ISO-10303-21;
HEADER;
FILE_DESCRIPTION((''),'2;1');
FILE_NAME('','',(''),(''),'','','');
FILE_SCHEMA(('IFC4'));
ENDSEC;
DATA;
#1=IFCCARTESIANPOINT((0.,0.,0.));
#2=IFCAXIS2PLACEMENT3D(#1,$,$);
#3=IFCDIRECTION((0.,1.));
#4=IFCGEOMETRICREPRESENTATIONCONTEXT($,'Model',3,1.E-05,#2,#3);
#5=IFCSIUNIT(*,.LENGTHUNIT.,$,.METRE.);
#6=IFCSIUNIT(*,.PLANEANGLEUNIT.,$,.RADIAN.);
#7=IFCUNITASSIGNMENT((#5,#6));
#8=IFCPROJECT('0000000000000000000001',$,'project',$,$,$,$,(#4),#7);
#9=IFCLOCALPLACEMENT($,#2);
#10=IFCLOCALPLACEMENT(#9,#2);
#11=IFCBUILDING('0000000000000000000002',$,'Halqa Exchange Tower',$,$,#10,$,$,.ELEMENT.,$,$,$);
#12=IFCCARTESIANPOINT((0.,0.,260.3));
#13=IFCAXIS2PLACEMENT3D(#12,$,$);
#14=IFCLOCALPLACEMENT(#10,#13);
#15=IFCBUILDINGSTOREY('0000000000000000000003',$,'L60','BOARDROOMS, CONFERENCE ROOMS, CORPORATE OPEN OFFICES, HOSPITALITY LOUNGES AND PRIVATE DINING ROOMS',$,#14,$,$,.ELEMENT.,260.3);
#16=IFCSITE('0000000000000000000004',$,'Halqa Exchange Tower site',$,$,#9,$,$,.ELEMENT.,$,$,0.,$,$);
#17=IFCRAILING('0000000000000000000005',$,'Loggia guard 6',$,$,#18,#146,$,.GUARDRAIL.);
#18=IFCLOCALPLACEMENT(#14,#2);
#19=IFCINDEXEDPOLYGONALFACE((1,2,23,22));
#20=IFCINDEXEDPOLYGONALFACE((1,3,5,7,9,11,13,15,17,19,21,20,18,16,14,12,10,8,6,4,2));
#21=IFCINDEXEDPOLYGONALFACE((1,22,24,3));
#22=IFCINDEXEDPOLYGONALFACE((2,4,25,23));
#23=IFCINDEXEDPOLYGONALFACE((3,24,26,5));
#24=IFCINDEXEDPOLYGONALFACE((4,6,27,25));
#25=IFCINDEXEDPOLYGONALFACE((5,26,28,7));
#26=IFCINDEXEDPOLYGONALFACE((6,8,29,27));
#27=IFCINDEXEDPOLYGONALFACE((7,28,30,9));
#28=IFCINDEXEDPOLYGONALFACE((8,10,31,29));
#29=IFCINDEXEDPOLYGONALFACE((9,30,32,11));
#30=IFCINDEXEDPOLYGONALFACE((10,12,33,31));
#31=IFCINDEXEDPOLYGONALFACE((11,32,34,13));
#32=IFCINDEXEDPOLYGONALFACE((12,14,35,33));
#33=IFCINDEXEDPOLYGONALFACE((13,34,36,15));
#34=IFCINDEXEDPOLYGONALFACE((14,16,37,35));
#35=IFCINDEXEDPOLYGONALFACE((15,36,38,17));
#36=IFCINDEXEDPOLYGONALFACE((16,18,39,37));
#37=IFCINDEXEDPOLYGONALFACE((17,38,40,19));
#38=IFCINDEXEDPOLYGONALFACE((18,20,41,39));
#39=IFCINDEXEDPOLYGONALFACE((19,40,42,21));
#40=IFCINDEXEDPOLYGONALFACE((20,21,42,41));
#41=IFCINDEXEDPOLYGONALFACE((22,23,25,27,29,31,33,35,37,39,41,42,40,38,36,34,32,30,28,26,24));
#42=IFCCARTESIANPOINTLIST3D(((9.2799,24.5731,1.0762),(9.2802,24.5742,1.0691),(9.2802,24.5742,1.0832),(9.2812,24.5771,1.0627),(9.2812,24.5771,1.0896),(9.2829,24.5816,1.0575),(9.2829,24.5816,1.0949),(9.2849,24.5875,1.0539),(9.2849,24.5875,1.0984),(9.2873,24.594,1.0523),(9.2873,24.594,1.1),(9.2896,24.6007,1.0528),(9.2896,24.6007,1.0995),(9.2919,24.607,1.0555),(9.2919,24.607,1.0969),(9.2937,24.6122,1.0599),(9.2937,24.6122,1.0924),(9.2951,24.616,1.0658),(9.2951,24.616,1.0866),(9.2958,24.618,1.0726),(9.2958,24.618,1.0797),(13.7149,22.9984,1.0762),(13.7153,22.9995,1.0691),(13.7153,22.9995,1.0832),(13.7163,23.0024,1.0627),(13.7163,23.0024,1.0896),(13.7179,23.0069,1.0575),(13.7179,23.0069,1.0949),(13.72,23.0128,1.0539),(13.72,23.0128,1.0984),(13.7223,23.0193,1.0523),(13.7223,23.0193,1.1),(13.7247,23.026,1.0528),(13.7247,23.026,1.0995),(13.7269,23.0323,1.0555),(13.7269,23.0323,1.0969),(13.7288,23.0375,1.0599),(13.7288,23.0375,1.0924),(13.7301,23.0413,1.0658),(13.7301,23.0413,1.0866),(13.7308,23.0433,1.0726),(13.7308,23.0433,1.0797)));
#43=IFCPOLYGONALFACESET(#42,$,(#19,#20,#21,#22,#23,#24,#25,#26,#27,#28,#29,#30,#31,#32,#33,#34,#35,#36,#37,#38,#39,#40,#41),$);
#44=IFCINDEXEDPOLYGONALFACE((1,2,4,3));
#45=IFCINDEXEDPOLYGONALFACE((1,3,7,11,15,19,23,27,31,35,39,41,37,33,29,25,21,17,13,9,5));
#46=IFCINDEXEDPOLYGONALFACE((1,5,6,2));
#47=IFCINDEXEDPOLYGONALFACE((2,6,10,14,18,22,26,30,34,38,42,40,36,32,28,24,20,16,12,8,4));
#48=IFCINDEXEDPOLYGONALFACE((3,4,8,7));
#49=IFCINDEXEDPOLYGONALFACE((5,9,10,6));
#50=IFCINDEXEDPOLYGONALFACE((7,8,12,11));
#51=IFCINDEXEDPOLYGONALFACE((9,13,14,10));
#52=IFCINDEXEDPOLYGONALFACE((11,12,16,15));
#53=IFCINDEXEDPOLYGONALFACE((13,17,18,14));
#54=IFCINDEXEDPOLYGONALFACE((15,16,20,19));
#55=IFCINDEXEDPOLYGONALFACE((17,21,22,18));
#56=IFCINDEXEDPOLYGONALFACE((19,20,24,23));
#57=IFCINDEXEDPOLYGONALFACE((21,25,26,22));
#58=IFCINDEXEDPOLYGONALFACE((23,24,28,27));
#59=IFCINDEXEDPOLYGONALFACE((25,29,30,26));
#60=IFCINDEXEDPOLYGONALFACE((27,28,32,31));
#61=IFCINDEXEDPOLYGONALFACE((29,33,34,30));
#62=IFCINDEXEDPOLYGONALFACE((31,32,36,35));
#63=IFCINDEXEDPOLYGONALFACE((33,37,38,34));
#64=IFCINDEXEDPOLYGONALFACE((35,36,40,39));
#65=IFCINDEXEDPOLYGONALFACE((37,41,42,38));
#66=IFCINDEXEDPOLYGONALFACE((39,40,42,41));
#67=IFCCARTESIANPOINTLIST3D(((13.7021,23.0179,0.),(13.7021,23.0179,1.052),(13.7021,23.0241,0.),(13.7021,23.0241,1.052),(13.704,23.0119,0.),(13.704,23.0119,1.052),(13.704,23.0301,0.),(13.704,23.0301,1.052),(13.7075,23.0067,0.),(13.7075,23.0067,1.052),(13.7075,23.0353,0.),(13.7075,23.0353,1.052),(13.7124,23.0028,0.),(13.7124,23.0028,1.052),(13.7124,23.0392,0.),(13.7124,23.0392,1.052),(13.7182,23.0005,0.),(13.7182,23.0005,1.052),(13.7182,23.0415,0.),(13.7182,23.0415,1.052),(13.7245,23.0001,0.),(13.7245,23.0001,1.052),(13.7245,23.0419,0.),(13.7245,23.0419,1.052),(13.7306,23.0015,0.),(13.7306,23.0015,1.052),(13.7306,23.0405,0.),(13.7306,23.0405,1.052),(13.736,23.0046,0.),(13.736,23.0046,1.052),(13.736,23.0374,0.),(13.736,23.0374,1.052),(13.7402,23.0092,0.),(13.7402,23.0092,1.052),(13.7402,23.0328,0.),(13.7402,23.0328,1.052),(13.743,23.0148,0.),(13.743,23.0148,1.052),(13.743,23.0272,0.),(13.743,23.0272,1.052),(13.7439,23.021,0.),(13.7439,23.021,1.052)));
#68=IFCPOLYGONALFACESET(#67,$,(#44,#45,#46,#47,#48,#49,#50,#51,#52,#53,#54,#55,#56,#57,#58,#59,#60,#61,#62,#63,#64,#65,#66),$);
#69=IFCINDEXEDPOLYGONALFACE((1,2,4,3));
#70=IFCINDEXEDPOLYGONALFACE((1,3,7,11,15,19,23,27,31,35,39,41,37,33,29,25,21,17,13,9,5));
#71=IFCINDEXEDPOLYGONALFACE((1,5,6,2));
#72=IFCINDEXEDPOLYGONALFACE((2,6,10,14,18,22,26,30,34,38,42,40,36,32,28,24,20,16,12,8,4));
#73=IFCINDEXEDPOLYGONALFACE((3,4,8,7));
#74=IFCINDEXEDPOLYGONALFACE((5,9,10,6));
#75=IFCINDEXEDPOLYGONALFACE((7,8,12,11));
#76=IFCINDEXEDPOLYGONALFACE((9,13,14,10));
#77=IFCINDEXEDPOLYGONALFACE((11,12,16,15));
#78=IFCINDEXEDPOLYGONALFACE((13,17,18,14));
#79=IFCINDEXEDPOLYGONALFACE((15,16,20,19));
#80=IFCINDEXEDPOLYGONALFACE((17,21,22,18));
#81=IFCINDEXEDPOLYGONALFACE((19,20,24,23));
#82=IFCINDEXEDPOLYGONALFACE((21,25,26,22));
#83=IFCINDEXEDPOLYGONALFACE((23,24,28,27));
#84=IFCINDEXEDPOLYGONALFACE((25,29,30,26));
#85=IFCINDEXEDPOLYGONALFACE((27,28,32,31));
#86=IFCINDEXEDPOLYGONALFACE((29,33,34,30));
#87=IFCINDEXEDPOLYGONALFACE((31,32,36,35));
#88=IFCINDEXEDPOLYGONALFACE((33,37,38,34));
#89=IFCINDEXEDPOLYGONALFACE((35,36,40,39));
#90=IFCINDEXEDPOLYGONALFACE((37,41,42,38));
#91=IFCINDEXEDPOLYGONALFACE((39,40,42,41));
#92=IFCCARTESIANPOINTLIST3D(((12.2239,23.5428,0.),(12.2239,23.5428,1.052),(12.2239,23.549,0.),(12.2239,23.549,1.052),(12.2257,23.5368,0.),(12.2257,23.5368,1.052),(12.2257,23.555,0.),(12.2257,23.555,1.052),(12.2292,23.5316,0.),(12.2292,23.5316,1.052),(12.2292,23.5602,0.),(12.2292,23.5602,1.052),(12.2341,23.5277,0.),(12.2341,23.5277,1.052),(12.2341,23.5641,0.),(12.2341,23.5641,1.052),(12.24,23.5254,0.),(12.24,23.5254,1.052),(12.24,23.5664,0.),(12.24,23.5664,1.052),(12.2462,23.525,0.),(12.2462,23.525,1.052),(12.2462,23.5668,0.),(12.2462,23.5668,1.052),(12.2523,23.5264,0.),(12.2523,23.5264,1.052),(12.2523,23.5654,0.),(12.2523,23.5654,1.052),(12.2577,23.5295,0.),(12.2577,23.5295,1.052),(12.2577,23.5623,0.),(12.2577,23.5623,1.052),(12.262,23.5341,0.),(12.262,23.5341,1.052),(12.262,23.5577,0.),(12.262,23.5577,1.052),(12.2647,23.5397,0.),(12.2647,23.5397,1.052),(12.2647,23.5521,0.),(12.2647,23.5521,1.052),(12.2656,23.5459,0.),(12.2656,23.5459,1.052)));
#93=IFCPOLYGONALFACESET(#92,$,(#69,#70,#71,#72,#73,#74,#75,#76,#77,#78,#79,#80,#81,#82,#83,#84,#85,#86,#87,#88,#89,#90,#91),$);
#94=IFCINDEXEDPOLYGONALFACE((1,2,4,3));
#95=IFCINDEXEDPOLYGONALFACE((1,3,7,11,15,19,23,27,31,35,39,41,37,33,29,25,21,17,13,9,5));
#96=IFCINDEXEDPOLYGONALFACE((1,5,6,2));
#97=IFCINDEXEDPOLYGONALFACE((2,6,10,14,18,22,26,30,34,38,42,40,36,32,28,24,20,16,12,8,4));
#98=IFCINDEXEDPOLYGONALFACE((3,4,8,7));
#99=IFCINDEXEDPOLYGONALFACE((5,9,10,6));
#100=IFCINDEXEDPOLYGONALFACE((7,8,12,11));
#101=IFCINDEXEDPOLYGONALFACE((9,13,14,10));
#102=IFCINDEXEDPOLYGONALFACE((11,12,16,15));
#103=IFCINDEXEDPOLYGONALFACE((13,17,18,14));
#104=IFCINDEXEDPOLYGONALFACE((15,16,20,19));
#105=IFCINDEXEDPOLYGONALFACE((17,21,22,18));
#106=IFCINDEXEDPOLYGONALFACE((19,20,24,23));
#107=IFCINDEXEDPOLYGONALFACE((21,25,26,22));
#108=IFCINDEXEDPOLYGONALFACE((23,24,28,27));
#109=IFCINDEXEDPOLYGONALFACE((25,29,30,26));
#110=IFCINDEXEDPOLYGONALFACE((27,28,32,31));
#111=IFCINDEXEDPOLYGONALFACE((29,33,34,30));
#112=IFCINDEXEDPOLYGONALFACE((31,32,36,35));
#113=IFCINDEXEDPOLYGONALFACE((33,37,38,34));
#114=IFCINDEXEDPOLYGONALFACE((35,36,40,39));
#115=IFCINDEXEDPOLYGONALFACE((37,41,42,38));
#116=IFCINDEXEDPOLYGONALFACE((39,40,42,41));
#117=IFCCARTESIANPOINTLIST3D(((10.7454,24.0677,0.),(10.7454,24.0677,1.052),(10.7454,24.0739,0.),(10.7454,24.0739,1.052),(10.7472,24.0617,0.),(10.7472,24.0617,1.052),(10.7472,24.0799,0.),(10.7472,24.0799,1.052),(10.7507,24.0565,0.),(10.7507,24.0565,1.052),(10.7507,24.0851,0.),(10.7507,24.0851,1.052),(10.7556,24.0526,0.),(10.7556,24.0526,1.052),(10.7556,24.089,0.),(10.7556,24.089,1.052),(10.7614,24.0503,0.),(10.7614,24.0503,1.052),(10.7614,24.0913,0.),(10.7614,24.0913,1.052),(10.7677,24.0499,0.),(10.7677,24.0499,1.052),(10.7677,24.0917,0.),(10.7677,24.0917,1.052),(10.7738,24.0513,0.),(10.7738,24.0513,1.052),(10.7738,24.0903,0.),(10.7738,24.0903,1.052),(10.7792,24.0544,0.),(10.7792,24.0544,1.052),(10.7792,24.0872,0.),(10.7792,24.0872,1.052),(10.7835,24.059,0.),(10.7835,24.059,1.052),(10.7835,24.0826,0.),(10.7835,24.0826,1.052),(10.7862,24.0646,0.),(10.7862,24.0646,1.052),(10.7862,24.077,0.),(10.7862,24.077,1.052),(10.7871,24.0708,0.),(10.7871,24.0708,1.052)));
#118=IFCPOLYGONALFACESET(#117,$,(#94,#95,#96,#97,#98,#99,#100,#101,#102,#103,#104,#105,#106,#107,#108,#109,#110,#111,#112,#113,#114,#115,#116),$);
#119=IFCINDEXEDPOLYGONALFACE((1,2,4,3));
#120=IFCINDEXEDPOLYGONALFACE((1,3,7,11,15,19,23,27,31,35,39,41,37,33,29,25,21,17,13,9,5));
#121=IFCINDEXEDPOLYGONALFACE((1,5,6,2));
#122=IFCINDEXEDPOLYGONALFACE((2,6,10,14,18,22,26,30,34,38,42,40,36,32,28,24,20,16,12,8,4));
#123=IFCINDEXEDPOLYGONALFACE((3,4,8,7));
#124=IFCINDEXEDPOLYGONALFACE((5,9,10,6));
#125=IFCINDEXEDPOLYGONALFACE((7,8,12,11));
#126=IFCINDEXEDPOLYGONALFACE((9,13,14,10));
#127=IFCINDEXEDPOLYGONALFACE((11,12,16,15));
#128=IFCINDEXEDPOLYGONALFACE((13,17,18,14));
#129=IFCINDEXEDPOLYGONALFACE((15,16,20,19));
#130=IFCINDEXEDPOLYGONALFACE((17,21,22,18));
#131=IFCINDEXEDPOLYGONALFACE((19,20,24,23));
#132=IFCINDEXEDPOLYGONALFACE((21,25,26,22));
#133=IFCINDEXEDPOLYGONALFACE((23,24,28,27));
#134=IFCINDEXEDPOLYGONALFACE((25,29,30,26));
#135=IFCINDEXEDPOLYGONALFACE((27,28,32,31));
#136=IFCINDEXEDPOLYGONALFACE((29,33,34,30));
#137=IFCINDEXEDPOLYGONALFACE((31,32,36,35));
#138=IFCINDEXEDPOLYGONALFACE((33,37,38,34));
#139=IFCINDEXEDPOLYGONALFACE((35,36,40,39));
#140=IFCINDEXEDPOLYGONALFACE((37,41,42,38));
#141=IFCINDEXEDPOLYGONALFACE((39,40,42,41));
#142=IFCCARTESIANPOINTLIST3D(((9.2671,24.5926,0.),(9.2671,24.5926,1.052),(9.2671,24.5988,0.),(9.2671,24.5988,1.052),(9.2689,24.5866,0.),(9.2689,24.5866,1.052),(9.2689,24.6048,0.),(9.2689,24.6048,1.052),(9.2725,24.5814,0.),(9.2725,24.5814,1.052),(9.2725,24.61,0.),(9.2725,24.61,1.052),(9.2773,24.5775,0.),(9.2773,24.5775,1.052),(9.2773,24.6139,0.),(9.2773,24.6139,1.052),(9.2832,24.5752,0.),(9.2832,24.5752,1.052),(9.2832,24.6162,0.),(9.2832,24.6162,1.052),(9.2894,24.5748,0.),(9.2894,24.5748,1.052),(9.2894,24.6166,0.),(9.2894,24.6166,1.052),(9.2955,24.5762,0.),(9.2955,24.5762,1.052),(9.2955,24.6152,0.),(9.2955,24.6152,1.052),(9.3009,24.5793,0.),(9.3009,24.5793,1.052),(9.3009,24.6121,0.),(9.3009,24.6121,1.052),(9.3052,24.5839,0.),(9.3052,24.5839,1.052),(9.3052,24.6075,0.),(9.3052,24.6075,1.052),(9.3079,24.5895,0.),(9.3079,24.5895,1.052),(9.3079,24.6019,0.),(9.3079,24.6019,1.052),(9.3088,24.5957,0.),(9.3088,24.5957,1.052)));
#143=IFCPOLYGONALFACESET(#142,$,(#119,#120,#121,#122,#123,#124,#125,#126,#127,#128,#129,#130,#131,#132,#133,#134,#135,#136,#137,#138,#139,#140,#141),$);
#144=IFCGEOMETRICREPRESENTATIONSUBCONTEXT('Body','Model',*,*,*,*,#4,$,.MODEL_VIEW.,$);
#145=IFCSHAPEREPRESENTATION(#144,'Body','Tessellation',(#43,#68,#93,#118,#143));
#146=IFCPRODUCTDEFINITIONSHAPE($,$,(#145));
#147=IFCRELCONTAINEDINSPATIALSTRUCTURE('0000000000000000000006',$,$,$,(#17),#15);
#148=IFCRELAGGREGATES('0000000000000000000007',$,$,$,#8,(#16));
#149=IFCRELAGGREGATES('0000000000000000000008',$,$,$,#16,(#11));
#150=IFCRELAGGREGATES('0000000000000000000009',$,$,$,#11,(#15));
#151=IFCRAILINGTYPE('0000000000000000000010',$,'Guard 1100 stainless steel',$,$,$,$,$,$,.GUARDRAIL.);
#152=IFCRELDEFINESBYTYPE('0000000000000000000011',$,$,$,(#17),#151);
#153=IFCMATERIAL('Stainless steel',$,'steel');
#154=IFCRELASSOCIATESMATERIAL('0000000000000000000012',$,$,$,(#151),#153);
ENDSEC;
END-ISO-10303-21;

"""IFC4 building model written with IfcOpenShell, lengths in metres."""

from ifc_helpers import new_model, si_unit, direction, frame, origin, origin_2d, place, context, subcontext, project, spatial, circle, extrude, material, type_object, element, save


model = new_model("IFC4")

# Units and contexts
model_context = context("Model", 3, precision=1e-05, world=origin(), true_north=direction((0.0, 1.0)))
body_context = subcontext(model_context, "Body", "Model", "MODEL_VIEW")
ifc_project = project(units=[si_unit("LENGTHUNIT", "METRE"), si_unit("PLANEANGLEUNIT", "RADIAN")], contexts=[model_context])

# Site, building, storey
site_placement = place(None, origin())
site = spatial("IfcSite", under=ifc_project, at=site_placement, Name="Halqa Exchange Tower site", CompositionType="ELEMENT", RefElevation=0.0)
building_placement = place(site_placement, origin())
building = spatial("IfcBuilding", under=site, at=building_placement, Name="Halqa Exchange Tower", CompositionType="ELEMENT")
storey_placement = place(building_placement, frame((0.0, 0.0, 260.3)))
storey = spatial("IfcBuildingStorey", under=building, at=storey_placement, Name="L60", Description="BOARDROOMS, CONFERENCE ROOMS, CORPORATE OPEN OFFICES, HOSPITALITY LOUNGES AND PRIVATE DINING ROOMS", CompositionType="ELEMENT", Elevation=260.3)

# Railing
ifc_material_1 = material(Name="Stainless steel", Category="steel")
railing_type = type_object("IfcRailingType", Name="Guard 1100 stainless steel", PredefinedType="GUARDRAIL", material=ifc_material_1)
railing_1_placement = place(storey_placement, frame((13.7229, 23.021, 0.0)))
element("IfcRailing", 1, at=railing_1_placement, inside=storey, type_object=railing_type, Name="Loggia guard 6", PredefinedType="GUARDRAIL", context=body_context, shape_type="SweptSolid", body=[
    extrude(circle(Radius=0.0239, at=origin_2d()), frame((0.0, 0.0, 1.0762), z_axis=(-0.942362, 0.334594, 0.0), x_axis=(-0.334594, -0.942362, 0.0)), (0.0, 0.0, 1.0), 4.7063),
    extrude(circle(Radius=0.021, at=origin_2d()), origin(), (0.0, 0.0, 1.0), 1.052),
    extrude(circle(Radius=0.021, at=origin_2d()), frame((-1.4783, 0.5249, 0.0)), (0.0, 0.0, 1.0), 1.052),
    extrude(circle(Radius=0.021, at=origin_2d()), frame((-2.9568, 1.0498, 0.0)), (0.0, 0.0, 1.0), 1.052),
    extrude(circle(Radius=0.021, at=origin_2d()), frame((-4.4351, 1.5747, 0.0)), (0.0, 0.0, 1.0), 1.052),
])

save(model, "model.ifc")
